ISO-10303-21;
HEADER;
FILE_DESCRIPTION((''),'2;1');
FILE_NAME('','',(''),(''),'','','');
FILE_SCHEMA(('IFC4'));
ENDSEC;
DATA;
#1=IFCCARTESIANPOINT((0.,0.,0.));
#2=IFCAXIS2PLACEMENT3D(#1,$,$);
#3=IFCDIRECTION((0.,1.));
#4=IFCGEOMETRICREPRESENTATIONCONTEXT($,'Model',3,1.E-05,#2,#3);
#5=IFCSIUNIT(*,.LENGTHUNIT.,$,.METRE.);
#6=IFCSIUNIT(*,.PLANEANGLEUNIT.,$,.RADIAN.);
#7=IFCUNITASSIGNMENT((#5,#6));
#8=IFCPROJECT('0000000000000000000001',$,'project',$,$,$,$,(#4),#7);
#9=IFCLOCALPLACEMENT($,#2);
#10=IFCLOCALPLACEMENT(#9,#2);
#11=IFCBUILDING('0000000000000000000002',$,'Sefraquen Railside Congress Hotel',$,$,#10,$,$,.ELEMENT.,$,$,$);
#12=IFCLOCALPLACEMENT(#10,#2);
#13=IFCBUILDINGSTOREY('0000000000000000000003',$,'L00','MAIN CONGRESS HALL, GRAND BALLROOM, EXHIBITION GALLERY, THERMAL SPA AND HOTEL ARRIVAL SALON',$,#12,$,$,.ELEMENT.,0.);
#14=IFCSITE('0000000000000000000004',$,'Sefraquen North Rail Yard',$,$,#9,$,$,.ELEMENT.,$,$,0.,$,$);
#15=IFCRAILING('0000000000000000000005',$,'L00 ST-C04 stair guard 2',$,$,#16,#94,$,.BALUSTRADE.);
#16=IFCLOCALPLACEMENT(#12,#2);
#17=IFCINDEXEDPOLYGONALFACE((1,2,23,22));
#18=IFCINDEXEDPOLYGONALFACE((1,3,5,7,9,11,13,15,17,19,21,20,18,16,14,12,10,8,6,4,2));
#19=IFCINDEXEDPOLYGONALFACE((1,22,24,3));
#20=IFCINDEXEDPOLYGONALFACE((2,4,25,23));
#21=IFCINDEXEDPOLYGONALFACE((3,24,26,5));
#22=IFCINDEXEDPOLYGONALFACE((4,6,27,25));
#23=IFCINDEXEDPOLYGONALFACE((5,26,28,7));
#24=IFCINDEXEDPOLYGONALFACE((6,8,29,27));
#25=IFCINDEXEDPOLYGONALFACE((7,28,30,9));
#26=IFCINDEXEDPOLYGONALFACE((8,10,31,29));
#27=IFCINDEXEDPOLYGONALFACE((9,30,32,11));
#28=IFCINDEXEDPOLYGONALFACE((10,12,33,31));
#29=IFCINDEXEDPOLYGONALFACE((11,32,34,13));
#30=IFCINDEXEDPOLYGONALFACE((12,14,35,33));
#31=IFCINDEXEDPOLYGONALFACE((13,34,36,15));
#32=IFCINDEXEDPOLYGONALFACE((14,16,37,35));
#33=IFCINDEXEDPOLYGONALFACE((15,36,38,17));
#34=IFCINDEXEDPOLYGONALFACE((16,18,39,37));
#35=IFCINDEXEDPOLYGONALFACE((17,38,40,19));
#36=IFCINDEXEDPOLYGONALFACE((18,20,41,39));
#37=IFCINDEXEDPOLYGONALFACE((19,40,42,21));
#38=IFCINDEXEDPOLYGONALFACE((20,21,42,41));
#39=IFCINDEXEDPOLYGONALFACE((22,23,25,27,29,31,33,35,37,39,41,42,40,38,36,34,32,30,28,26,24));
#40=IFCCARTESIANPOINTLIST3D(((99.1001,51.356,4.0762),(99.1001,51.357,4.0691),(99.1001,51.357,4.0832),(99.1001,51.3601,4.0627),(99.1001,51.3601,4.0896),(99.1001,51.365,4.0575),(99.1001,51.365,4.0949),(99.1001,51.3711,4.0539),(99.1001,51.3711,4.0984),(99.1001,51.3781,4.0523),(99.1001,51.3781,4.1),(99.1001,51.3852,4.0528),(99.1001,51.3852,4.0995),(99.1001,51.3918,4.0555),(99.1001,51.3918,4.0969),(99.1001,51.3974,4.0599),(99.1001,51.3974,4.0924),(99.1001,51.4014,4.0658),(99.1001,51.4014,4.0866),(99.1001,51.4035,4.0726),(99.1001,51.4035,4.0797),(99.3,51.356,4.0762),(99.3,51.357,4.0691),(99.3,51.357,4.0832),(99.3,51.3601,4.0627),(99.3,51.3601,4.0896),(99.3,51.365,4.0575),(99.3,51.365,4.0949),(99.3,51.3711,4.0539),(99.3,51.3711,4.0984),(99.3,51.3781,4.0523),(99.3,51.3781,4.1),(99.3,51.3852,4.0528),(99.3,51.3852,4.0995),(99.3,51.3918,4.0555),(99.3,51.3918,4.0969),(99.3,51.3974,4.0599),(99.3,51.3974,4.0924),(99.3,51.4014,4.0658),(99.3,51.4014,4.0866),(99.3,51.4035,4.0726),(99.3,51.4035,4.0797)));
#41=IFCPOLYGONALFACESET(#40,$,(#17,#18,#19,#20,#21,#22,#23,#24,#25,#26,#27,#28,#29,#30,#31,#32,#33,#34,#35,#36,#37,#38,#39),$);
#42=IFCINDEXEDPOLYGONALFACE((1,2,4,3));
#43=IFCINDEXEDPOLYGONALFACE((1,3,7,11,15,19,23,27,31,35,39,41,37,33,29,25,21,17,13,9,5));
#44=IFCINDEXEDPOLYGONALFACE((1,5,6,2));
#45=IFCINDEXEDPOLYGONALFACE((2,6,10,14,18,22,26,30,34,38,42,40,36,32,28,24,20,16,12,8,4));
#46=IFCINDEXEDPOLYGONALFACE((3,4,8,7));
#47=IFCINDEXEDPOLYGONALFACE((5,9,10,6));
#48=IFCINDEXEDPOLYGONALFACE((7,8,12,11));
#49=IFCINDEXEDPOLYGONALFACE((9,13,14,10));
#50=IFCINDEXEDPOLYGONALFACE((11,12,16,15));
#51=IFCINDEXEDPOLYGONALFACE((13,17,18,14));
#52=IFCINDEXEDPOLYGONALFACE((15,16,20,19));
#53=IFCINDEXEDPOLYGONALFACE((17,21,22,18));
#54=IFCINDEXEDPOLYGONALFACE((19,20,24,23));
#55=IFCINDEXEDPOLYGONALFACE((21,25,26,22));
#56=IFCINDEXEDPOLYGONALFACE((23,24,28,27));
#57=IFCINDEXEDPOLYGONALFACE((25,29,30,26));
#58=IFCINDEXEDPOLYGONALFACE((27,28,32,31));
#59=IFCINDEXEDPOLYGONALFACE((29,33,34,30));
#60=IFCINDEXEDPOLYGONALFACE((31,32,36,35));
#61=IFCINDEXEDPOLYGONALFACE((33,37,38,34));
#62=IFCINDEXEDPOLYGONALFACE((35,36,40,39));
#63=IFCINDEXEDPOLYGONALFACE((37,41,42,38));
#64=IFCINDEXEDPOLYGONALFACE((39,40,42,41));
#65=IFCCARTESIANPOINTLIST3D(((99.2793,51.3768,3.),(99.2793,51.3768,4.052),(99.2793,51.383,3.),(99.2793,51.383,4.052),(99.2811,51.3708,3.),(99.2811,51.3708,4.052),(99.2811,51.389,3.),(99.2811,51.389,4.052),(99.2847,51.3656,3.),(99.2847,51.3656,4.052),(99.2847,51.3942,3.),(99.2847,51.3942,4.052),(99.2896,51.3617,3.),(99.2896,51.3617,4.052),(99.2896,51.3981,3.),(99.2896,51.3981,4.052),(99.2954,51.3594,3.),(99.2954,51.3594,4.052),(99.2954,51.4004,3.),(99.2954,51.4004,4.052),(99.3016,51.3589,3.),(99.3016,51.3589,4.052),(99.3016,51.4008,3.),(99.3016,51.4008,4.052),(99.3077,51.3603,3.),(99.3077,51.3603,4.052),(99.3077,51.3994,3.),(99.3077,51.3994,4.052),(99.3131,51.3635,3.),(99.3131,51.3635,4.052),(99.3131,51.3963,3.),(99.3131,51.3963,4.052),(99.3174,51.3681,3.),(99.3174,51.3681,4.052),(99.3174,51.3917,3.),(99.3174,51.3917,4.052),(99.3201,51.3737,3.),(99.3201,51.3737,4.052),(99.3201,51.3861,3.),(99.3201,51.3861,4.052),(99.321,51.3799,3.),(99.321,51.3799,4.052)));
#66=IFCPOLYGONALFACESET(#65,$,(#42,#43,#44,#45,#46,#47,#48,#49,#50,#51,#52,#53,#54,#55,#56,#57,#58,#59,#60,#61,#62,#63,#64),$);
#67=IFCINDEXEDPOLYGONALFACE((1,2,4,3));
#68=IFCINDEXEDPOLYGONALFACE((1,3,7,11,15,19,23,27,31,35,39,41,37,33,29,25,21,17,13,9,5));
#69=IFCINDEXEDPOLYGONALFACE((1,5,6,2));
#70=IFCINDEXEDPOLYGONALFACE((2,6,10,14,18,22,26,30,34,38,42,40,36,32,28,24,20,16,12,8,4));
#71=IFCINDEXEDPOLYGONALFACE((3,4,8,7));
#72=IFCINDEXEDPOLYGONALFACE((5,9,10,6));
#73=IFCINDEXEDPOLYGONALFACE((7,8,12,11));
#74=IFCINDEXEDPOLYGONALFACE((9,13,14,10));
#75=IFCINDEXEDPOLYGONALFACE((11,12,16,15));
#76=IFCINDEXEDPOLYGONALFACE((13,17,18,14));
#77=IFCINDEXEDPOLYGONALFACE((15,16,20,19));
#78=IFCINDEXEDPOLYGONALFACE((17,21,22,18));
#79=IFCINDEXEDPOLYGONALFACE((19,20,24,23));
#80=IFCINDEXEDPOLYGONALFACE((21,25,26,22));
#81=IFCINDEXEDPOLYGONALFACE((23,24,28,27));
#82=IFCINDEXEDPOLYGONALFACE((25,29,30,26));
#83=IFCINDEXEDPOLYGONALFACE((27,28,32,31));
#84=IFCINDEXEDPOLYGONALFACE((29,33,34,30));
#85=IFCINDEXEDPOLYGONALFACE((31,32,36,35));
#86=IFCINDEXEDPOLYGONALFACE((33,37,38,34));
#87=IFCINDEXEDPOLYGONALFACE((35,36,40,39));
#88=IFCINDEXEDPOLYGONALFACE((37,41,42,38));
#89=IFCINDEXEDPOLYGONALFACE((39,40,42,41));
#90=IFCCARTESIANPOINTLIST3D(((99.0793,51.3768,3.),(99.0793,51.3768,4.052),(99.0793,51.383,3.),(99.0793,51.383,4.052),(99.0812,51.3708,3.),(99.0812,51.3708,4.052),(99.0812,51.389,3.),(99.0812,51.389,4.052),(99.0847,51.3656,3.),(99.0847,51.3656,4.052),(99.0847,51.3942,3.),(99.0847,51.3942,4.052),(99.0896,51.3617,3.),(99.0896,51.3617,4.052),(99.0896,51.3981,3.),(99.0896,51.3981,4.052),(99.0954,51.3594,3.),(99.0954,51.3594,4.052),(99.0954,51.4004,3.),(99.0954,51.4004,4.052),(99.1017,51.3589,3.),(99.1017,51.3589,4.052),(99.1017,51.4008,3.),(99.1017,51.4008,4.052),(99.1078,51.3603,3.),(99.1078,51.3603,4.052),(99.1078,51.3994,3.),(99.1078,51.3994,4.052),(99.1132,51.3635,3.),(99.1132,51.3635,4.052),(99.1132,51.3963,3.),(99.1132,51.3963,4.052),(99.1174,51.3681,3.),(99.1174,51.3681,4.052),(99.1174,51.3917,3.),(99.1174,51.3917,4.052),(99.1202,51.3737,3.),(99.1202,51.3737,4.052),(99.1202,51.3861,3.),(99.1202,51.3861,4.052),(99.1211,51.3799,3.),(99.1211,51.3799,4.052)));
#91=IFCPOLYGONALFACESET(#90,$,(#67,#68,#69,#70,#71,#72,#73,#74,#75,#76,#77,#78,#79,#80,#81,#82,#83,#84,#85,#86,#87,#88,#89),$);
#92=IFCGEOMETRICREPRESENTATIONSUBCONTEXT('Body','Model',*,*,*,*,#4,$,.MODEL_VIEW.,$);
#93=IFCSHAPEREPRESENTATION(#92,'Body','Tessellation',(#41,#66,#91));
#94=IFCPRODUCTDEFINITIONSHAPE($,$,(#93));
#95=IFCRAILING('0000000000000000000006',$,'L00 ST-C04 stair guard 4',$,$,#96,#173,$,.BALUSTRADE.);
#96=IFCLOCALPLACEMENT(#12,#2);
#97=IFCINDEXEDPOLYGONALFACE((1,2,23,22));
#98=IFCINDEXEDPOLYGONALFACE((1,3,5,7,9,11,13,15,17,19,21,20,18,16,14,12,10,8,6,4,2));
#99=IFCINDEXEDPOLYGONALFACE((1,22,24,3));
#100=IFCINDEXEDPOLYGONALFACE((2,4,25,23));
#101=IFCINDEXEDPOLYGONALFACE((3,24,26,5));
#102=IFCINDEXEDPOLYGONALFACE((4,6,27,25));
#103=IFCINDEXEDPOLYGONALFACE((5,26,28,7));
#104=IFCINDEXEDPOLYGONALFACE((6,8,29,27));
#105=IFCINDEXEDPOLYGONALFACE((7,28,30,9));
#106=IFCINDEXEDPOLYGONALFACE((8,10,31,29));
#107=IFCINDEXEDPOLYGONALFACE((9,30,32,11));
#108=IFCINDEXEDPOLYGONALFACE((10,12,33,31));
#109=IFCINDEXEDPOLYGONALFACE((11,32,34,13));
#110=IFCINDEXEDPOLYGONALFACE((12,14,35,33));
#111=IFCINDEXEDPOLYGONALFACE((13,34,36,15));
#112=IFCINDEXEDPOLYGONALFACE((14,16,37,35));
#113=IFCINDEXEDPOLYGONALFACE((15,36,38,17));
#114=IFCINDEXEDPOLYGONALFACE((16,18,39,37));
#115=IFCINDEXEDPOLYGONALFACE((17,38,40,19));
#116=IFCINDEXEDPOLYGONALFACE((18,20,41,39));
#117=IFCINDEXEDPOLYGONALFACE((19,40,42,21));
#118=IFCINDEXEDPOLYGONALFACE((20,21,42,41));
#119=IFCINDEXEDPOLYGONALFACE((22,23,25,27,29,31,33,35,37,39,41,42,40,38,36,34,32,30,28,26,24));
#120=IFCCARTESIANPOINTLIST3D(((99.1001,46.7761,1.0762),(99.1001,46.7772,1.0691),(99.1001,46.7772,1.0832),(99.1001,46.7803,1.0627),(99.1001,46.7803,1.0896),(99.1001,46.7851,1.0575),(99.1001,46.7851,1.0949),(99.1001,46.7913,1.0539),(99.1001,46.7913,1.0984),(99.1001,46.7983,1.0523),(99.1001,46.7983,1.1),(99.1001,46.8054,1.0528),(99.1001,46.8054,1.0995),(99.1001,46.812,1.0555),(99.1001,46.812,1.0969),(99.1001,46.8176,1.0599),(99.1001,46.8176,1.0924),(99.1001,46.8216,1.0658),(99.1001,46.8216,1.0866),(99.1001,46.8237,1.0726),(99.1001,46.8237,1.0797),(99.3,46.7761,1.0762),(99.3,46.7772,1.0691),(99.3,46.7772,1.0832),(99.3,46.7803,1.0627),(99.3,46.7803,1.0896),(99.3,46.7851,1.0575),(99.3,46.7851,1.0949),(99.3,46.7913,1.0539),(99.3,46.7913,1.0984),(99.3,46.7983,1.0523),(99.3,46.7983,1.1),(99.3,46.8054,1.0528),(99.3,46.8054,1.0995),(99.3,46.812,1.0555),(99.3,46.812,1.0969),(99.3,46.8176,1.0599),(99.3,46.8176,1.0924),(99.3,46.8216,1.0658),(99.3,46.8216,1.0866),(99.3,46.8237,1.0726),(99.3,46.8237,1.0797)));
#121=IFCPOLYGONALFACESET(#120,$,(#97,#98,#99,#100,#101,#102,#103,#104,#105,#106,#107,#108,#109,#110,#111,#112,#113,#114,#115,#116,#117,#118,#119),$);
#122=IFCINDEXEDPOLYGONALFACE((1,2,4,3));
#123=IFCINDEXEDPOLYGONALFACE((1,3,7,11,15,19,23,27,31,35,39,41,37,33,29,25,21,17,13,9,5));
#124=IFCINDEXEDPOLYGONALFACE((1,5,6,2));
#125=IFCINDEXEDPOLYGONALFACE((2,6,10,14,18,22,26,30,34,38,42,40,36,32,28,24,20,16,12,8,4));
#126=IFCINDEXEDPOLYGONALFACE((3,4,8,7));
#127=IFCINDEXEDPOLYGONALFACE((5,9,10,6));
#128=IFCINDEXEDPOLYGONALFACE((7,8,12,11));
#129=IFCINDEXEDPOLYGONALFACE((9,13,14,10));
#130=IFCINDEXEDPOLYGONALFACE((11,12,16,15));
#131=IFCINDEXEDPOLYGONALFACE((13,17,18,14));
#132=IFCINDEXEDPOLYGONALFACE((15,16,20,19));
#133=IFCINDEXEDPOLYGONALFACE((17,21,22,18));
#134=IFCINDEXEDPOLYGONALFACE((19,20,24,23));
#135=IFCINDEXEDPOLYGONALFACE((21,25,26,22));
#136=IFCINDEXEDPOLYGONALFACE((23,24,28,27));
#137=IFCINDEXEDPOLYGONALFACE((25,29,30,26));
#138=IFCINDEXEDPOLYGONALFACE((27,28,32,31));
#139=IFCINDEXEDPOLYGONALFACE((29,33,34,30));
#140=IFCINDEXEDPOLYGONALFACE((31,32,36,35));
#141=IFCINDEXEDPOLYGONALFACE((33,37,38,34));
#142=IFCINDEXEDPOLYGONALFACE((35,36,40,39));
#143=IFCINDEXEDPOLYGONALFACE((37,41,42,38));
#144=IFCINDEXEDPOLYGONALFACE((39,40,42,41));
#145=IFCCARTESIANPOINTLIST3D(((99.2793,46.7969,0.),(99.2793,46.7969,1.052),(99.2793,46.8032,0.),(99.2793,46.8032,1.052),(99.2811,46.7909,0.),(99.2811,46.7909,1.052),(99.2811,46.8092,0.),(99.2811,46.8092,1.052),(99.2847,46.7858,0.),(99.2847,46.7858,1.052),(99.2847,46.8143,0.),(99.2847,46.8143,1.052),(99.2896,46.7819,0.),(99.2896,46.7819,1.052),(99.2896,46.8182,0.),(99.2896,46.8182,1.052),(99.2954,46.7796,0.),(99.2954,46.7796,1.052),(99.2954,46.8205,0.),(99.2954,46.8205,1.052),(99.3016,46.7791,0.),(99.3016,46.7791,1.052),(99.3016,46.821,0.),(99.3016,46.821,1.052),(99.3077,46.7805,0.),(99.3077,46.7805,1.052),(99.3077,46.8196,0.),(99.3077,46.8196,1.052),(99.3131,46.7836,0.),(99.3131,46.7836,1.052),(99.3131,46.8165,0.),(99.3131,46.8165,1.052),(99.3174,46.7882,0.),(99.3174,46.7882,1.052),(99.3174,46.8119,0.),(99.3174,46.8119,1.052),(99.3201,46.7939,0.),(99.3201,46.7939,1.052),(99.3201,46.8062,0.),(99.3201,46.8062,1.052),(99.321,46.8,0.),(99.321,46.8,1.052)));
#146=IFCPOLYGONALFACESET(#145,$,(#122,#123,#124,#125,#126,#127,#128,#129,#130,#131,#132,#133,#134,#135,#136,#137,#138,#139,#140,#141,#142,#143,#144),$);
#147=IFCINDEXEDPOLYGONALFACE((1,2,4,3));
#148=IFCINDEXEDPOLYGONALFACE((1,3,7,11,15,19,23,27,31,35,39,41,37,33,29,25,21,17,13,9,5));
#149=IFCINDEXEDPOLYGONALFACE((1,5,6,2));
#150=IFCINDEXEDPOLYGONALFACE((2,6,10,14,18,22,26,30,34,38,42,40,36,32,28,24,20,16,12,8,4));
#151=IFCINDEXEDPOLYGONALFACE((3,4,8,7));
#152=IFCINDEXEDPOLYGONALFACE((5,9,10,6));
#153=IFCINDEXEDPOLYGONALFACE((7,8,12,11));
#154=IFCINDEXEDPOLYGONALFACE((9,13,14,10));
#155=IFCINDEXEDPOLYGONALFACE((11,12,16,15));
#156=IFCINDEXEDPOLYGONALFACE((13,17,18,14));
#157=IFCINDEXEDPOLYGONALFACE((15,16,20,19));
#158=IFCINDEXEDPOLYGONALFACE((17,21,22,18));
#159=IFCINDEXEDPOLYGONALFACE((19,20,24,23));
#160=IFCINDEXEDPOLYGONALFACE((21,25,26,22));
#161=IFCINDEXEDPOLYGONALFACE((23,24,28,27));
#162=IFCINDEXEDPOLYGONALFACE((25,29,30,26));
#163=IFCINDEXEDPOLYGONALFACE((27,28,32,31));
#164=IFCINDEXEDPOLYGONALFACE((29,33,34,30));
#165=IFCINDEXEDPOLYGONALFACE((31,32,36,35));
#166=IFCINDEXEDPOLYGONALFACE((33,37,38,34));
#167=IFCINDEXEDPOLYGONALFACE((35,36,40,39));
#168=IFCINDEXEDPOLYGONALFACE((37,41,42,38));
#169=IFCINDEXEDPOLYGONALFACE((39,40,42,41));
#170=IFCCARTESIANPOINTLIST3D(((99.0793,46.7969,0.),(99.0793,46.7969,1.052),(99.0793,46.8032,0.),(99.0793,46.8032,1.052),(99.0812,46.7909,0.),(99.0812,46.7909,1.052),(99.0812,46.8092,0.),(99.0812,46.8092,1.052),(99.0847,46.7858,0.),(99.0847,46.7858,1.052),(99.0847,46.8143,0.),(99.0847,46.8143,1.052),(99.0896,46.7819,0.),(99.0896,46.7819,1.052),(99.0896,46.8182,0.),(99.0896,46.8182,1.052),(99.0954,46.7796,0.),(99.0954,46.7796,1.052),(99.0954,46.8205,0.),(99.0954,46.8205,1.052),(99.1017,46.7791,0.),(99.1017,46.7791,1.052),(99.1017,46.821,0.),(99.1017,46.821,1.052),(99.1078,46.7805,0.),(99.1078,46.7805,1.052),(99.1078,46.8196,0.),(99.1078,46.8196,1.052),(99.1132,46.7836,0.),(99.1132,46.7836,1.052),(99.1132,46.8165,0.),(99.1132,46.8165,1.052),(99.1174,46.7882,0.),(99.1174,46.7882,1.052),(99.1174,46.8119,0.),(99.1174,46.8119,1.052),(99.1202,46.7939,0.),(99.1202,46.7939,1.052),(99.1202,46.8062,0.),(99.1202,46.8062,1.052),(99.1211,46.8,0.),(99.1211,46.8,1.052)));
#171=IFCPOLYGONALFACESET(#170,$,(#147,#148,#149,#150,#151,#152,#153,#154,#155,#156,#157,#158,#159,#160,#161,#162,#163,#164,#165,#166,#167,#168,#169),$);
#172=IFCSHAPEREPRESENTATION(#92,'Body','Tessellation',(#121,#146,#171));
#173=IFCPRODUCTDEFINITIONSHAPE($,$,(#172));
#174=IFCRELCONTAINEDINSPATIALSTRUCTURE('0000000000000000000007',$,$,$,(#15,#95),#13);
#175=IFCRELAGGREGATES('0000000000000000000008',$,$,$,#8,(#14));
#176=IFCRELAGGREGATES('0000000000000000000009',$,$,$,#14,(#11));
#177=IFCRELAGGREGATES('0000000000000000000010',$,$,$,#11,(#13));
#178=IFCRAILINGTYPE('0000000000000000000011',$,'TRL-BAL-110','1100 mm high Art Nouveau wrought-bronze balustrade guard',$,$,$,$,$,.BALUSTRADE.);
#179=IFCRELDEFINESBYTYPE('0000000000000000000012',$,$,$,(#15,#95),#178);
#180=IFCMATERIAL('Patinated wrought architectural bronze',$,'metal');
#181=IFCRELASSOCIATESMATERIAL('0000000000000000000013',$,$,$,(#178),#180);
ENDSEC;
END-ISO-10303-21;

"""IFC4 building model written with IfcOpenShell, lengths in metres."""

from ifc_helpers import new_model, si_unit, direction, frame, origin, origin_2d, place, context, subcontext, project, spatial, circle, extrude, material, type_object, element, save


model = new_model("IFC4")

# Units and contexts
model_context = context("Model", 3, precision=1e-05, world=origin(), true_north=direction((0.0, 1.0)))
body_context = subcontext(model_context, "Body", "Model", "MODEL_VIEW")
ifc_project = project(units=[si_unit("LENGTHUNIT", "METRE"), si_unit("PLANEANGLEUNIT", "RADIAN")], contexts=[model_context])

# Site, building, storey
site_placement = place(None, origin())
site = spatial("IfcSite", under=ifc_project, at=site_placement, Name="Sefraquen North Rail Yard", CompositionType="ELEMENT", RefElevation=0.0)
building_placement = place(site_placement, origin())
building = spatial("IfcBuilding", under=site, at=building_placement, Name="Sefraquen Railside Congress Hotel", CompositionType="ELEMENT")
storey_placement = place(building_placement, origin())
storey = spatial("IfcBuildingStorey", under=building, at=storey_placement, Name="L00", Description="MAIN CONGRESS HALL, GRAND BALLROOM, EXHIBITION GALLERY, THERMAL SPA AND HOTEL ARRIVAL SALON", CompositionType="ELEMENT", Elevation=0.0)

# Railings
ifc_material_1 = material(Name="Patinated wrought architectural bronze", Category="metal")
railing_type_1 = type_object("IfcRailingType", Name="TRL-BAL-110", Description="1100 mm high Art Nouveau wrought-bronze balustrade guard", PredefinedType="BALUSTRADE", material=ifc_material_1)
for number, where, name in (
    (1, (99.3, 51.3799, 3.0), "L00 ST-C04 stair guard 2"),
    (2, (99.3, 46.8, 0.0), "L00 ST-C04 stair guard 4"),
):
    element("IfcRailing", number, at=place(storey_placement, frame(where)), inside=storey, type_object=railing_type_1, Name=name, PredefinedType="BALUSTRADE", context=body_context, shape_type="SweptSolid", body=[
        extrude(circle(Radius=0.0239, at=origin_2d()), frame((0.0, 0.0, 1.0762), z_axis=(-1.0, 0.0, 0.0), x_axis=(0.0, -1.0, 0.0)), (0.0, 0.0, 1.0), 0.2),
        extrude(circle(Radius=0.021, at=origin_2d()), origin(), (0.0, 0.0, 1.0), 1.052),
        extrude(circle(Radius=0.021, at=origin_2d()), frame((-0.2, 0.0, 0.0)), (0.0, 0.0, 1.0), 1.052),
    ])

save(model, "model.ifc")
